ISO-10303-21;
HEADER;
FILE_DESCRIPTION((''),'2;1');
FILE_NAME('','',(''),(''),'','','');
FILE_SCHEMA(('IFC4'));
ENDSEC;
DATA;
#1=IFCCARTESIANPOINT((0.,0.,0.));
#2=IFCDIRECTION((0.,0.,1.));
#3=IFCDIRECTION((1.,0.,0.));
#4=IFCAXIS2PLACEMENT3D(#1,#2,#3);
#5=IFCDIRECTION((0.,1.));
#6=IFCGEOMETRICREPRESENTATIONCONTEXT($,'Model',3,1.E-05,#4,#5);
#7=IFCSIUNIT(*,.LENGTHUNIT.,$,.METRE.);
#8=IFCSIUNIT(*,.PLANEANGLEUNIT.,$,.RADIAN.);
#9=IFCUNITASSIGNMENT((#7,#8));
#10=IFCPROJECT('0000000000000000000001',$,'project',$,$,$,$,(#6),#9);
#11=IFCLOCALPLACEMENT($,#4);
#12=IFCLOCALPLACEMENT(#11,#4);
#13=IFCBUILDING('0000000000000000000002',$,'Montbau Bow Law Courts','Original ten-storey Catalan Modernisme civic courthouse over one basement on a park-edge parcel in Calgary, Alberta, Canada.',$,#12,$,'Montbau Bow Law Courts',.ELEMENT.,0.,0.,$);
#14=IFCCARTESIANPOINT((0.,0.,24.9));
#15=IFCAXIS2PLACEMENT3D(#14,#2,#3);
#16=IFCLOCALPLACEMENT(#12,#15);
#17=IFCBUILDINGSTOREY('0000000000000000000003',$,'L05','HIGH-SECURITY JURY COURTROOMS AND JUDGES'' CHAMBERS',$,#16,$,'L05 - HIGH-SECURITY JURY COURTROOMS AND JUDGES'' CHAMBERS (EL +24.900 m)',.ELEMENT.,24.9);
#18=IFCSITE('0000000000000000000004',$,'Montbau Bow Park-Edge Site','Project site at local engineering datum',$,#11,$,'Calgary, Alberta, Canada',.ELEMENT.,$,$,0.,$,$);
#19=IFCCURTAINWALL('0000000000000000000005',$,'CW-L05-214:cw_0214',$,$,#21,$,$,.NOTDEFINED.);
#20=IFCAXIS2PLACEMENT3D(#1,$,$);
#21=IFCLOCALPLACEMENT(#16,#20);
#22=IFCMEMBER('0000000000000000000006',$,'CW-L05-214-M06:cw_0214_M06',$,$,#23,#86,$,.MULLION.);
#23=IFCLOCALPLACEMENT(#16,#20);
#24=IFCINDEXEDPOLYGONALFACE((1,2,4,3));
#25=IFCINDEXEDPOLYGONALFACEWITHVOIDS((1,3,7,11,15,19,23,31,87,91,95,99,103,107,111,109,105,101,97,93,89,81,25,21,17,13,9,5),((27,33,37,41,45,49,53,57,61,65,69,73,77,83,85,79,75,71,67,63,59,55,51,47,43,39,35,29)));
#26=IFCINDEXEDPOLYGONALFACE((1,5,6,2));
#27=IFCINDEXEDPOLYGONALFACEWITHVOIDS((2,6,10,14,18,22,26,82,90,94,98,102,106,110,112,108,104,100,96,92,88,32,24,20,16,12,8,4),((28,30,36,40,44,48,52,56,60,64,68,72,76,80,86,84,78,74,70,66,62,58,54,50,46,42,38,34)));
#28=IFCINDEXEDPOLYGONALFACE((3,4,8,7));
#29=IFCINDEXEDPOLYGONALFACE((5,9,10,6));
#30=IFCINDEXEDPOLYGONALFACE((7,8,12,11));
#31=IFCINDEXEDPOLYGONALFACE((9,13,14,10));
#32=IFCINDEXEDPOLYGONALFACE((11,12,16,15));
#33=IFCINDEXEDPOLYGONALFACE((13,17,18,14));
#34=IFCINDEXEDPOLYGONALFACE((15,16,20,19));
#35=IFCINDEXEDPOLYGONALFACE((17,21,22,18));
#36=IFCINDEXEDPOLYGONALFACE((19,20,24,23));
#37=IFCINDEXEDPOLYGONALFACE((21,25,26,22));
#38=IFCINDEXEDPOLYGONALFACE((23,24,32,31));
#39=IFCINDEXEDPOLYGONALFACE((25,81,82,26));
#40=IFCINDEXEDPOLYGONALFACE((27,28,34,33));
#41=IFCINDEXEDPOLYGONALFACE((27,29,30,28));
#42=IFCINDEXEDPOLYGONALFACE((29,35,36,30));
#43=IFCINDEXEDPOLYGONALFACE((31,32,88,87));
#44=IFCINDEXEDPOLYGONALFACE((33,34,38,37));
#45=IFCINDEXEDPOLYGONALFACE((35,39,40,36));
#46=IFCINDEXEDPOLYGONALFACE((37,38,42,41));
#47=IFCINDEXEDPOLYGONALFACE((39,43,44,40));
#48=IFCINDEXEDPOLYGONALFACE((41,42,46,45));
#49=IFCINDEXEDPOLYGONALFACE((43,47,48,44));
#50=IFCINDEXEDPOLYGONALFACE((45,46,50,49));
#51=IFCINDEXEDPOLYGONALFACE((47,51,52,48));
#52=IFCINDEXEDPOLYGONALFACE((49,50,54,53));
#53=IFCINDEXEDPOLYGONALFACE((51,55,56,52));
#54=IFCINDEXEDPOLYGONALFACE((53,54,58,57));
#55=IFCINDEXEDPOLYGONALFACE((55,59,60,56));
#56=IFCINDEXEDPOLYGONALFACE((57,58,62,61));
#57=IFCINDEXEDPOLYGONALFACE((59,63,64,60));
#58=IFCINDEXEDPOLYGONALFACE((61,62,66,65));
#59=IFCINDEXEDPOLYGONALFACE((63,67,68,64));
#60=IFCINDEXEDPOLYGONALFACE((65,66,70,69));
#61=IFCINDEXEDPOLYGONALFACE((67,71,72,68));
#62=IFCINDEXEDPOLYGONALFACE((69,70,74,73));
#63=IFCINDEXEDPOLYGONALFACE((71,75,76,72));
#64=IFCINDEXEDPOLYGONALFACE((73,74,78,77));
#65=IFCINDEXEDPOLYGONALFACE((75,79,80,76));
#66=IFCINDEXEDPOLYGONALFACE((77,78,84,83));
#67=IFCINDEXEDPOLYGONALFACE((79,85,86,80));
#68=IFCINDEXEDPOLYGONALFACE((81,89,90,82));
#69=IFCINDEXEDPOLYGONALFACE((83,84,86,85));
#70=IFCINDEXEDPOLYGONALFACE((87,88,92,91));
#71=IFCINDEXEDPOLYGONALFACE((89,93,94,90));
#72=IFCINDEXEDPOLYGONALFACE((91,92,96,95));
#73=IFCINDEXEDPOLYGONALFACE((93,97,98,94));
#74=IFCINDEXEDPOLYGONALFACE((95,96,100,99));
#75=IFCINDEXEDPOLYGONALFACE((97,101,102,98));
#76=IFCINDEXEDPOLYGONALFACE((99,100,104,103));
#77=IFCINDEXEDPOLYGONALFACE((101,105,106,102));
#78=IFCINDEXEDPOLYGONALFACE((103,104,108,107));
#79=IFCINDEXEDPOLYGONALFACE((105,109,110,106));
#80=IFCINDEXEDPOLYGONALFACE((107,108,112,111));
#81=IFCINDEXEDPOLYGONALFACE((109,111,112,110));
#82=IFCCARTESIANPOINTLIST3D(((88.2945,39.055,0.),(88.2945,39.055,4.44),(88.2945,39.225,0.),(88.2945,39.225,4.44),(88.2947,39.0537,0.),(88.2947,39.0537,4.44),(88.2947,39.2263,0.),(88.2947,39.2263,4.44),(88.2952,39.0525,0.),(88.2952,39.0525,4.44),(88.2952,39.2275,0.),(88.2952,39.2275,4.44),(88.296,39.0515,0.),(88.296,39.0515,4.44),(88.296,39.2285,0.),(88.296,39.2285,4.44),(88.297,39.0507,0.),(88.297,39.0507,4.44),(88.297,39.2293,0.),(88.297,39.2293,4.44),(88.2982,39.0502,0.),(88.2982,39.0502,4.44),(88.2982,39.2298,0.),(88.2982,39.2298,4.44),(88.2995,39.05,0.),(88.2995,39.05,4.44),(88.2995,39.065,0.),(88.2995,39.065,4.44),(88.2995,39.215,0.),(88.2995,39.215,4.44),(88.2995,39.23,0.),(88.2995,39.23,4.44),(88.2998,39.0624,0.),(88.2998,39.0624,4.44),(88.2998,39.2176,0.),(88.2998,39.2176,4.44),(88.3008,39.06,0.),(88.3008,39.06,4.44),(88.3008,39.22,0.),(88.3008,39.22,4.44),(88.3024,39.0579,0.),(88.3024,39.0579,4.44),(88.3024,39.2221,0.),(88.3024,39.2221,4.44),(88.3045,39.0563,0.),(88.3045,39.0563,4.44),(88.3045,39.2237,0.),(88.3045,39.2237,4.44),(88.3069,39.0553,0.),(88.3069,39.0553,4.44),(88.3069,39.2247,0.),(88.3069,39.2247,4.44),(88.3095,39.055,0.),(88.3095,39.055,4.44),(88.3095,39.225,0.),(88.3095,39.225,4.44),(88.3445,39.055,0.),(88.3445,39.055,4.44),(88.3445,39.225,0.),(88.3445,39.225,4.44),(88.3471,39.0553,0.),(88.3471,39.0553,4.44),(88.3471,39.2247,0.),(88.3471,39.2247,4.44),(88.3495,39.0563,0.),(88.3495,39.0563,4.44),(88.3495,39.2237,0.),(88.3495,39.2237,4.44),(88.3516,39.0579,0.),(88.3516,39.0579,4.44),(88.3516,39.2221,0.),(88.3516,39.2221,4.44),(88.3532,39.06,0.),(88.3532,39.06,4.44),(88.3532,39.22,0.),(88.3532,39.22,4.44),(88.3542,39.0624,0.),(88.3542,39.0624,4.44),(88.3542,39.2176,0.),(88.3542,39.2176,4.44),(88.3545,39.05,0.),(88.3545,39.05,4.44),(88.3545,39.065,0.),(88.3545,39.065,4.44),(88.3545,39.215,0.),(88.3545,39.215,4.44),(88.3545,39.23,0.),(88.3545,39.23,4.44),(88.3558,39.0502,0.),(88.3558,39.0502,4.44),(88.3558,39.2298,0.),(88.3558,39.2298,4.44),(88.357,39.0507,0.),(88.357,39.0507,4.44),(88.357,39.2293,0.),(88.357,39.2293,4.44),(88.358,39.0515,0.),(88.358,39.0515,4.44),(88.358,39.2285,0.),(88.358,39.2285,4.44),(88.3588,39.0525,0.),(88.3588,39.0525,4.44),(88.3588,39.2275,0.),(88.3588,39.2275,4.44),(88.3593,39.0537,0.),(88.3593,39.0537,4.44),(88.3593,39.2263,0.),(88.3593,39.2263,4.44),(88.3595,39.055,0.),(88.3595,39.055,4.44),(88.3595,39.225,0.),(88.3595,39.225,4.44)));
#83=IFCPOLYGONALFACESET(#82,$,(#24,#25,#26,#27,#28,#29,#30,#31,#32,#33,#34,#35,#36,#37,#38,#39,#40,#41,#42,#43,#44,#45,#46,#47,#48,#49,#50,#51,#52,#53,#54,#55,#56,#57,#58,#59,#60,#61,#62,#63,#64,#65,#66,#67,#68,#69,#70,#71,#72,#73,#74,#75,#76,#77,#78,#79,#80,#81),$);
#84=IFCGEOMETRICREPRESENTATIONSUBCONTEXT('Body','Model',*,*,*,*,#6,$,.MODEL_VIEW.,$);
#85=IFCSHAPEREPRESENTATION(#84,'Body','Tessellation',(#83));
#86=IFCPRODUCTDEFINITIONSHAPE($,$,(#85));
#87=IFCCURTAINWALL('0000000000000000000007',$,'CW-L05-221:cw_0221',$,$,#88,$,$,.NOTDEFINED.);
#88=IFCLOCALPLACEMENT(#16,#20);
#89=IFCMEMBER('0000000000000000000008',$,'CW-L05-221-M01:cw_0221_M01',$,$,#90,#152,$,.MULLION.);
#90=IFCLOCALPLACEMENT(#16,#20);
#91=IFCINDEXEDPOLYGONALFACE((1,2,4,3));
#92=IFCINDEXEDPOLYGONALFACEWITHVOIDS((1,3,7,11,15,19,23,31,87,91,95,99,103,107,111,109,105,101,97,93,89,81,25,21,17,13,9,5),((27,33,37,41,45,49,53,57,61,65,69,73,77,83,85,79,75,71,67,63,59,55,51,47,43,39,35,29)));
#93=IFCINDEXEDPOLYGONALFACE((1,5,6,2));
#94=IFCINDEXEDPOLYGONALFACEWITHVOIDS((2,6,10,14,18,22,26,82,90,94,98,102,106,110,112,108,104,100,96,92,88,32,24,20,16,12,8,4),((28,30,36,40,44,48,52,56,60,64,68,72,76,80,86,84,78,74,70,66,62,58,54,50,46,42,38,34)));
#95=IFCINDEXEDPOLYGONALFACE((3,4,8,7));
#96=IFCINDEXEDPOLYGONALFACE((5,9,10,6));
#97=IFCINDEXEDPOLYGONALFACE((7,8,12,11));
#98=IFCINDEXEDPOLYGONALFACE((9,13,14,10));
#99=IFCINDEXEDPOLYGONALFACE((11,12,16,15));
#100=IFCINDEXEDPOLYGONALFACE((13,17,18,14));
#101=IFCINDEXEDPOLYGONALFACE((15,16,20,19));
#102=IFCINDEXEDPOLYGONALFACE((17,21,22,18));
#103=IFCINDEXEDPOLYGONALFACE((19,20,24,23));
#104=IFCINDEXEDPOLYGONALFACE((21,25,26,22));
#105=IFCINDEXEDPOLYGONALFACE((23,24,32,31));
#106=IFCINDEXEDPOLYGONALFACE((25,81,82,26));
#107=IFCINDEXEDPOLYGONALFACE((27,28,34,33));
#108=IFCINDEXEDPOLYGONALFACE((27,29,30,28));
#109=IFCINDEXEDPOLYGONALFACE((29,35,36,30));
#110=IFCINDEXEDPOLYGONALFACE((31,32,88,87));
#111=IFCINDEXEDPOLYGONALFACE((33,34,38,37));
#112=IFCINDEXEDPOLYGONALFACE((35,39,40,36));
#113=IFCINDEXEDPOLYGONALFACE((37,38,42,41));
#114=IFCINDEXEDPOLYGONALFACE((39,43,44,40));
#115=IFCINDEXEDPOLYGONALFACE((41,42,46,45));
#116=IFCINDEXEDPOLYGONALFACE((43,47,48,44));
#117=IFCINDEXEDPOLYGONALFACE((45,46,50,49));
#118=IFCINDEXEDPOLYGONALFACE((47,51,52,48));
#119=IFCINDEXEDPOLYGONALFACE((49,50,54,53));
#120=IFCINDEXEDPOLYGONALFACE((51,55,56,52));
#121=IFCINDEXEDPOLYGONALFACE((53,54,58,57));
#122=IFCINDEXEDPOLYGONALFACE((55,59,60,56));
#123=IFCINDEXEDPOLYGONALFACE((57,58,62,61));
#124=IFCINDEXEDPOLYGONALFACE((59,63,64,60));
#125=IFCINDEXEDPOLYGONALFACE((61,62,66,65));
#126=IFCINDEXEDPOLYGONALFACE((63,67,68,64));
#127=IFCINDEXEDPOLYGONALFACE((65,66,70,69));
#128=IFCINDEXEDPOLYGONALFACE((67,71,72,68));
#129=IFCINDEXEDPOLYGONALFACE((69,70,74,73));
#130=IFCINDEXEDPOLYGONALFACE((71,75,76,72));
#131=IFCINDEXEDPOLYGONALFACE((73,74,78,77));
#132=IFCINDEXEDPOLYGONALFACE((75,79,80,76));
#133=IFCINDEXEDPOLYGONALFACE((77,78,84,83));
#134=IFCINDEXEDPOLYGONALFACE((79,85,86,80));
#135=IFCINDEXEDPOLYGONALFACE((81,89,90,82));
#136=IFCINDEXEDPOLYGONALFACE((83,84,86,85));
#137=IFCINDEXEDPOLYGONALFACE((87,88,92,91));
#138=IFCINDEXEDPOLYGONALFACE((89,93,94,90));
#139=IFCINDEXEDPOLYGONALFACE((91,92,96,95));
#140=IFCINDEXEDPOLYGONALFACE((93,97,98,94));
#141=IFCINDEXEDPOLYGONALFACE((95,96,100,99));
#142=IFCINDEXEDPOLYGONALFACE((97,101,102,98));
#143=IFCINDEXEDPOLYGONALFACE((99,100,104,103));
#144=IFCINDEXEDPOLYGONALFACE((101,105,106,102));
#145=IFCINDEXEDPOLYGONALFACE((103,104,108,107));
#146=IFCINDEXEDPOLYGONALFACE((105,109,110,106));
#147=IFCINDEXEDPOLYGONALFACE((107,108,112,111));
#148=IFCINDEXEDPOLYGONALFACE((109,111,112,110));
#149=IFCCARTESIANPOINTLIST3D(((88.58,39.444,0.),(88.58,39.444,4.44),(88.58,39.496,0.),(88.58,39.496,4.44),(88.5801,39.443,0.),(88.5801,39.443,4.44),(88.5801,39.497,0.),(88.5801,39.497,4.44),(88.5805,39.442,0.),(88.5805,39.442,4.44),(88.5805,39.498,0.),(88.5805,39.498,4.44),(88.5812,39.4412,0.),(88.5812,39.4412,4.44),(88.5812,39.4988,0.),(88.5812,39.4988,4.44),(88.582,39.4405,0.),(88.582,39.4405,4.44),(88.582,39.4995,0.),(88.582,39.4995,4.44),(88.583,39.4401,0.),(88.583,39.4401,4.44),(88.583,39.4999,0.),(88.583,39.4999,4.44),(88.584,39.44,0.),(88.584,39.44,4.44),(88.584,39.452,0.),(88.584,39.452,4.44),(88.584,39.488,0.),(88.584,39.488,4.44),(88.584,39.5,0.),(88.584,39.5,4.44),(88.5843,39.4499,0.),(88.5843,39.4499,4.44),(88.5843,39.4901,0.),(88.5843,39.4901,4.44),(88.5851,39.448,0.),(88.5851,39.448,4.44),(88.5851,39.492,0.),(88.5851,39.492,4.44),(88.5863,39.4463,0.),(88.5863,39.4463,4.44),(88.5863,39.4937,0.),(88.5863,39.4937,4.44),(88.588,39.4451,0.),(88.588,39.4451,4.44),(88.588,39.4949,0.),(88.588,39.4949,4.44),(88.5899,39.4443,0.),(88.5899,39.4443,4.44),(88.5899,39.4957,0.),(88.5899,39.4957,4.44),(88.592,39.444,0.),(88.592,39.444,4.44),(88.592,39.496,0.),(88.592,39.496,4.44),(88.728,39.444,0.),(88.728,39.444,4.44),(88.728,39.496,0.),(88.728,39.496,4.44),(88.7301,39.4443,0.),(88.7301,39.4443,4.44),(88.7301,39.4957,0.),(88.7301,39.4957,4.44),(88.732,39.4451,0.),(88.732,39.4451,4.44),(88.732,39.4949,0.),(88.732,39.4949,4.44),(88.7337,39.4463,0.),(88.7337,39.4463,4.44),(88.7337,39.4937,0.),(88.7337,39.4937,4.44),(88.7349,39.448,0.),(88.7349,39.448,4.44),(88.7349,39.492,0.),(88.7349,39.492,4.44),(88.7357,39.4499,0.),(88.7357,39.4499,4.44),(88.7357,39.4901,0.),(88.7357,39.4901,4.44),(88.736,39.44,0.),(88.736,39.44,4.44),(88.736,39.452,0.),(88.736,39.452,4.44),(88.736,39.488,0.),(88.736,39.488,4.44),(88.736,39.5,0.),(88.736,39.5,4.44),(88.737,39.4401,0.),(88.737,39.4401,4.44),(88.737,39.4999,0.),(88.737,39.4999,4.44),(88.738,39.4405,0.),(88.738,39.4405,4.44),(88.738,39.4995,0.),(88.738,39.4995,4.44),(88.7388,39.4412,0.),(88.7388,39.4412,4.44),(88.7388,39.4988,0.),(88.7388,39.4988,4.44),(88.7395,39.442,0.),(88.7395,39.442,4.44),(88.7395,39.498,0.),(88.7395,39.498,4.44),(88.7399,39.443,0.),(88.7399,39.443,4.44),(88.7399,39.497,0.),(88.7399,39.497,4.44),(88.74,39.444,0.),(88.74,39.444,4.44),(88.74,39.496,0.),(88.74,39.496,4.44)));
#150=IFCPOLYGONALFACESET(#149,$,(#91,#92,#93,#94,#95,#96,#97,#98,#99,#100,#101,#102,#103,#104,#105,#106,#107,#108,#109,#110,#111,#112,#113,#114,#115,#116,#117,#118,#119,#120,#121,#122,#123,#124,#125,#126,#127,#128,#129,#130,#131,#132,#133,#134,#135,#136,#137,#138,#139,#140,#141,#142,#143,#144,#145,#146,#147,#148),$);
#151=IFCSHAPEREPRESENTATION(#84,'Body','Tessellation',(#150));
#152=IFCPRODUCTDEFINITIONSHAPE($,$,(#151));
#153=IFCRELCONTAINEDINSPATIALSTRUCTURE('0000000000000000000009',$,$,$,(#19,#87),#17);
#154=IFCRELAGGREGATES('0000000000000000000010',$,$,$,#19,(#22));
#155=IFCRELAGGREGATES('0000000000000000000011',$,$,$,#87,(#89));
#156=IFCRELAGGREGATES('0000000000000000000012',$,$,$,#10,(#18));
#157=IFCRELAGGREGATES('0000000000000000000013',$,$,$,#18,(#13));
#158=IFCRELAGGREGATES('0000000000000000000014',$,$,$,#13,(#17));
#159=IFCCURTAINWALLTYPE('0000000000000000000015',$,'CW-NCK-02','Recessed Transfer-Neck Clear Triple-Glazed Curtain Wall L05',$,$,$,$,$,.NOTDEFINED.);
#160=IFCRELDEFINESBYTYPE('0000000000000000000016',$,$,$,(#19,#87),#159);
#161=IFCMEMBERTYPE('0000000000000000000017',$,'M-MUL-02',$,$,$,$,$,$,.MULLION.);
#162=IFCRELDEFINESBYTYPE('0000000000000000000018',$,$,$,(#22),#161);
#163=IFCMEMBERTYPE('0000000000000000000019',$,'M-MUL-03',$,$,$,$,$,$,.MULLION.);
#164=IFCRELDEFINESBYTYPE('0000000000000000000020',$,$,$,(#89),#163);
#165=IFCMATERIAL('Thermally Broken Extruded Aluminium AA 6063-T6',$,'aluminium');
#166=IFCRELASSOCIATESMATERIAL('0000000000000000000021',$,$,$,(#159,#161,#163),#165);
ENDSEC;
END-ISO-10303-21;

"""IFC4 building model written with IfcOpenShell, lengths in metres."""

from ifc_helpers import new_model, si_unit, direction, frame, origin_with_axes, origin_2d_with_axis, place, context, subcontext, project, spatial, hollow_rectangle, extrude, material, material_profile, profile_set, type_object, element, aggregate, save


model = new_model("IFC4")

# Units and contexts
model_context = context("Model", 3, precision=1e-05, world=origin_with_axes(), true_north=direction((0.0, 1.0)))
body_context = subcontext(model_context, "Body", "Model", "MODEL_VIEW")
ifc_project = project(units=[si_unit("LENGTHUNIT", "METRE"), si_unit("PLANEANGLEUNIT", "RADIAN")], contexts=[model_context])

# Site, building, storey
site_placement = place(None, origin_with_axes())
site = spatial("IfcSite", under=ifc_project, at=site_placement, Name="Montbau Bow Park-Edge Site", Description="Project site at local engineering datum", LongName="Calgary, Alberta, Canada", CompositionType="ELEMENT", RefElevation=0.0)
building_placement = place(site_placement, origin_with_axes())
building = spatial("IfcBuilding", under=site, at=building_placement, Name="Montbau Bow Law Courts", Description="Original ten-storey Catalan Modernisme civic courthouse over one basement on a park-edge parcel in Calgary, Alberta, Canada.", LongName="Montbau Bow Law Courts", CompositionType="ELEMENT", ElevationOfRefHeight=0.0, ElevationOfTerrain=0.0)
storey_placement = place(building_placement, frame((0.0, 0.0, 24.9), z_axis=(0.0, 0.0, 1.0), x_axis=(1.0, 0.0, 0.0)))
storey = spatial("IfcBuildingStorey", under=building, at=storey_placement, Name="L05", Description="HIGH-SECURITY JURY COURTROOMS AND JUDGES' CHAMBERS", LongName="L05 - HIGH-SECURITY JURY COURTROOMS AND JUDGES' CHAMBERS (EL +24.900 m)", CompositionType="ELEMENT", Elevation=24.9)

# Curtain wall, member
ifc_material_1 = material(Name="Thermally Broken Extruded Aluminium AA 6063-T6", Category="aluminium")
curtain_wall_type = type_object("IfcCurtainWallType", Name="CW-NCK-02", Description="Recessed Transfer-Neck Clear Triple-Glazed Curtain Wall L05", PredefinedType="NOTDEFINED", material=ifc_material_1)
curtain_wall_1_placement = place(None, frame((80.84, 39.14, 24.9), z_axis=(0.0, 0.0, 1.0), x_axis=(1.0, 0.0, 0.0)))
curtain_wall_1 = element("IfcCurtainWall", 1, at=curtain_wall_1_placement, inside=storey, type_object=curtain_wall_type, Name="CW-L05-214:cw_0214", PredefinedType="NOTDEFINED")
ifc_material_profile_1 = material_profile(ifc_material_1, hollow_rectangle(XDim=0.065, YDim=0.18, WallThickness=0.005, InnerFilletRadius=0.01, OuterFilletRadius=0.005, at=origin_2d_with_axis()), Name="CWM-180X65", Category="Main", Priority=0)
ifc_profile_set_1 = profile_set([ifc_material_profile_1], Name="Thermally Broken Extruded Aluminium AA 6063-T6")
member_type_1 = type_object("IfcMemberType", Name="M-MUL-02", PredefinedType="MULLION", material=ifc_profile_set_1)
member_1_placement = place(None, frame((88.327, 39.14, 24.9), z_axis=(0.0, 0.0, 1.0), x_axis=(1.0, 0.0, 0.0)))
member_1 = element("IfcMember", 2, at=member_1_placement, type_object=member_type_1, Name="CW-L05-214-M06:cw_0214_M06", PredefinedType="MULLION", context=body_context, shape_type="SweptSolid", body=[
    extrude(hollow_rectangle(XDim=0.065, YDim=0.18, WallThickness=0.005, InnerFilletRadius=0.01, OuterFilletRadius=0.005, at=origin_2d_with_axis()), origin_with_axes(), (0.0, 0.0, 1.0), 4.44),
])

# Curtain wall, member
curtain_wall_2_placement = place(None, frame((88.66, 39.44, 24.9), z_axis=(0.0, 0.0, 1.0), x_axis=(1.0, 0.0, 0.0)))
curtain_wall_2 = element("IfcCurtainWall", 3, at=curtain_wall_2_placement, inside=storey, type_object=curtain_wall_type, Name="CW-L05-221:cw_0221", PredefinedType="NOTDEFINED")
ifc_material_profile_2 = material_profile(ifc_material_1, hollow_rectangle(XDim=0.06, YDim=0.16, WallThickness=0.004, InnerFilletRadius=0.008, OuterFilletRadius=0.004, at=origin_2d_with_axis()), Name="CWM-160X60", Category="Main", Priority=0)
ifc_profile_set_2 = profile_set([ifc_material_profile_2], Name="Thermally Broken Extruded Aluminium AA 6063-T6")
member_type_2 = type_object("IfcMemberType", Name="M-MUL-03", PredefinedType="MULLION", material=ifc_profile_set_2)
member_2_placement = place(None, frame((88.66, 39.47, 24.9), z_axis=(0.0, 0.0, 1.0), x_axis=(0.0, 1.0, 0.0)))
member_2 = element("IfcMember", 4, at=member_2_placement, type_object=member_type_2, Name="CW-L05-221-M01:cw_0221_M01", PredefinedType="MULLION", context=body_context, shape_type="SweptSolid", body=[
    extrude(hollow_rectangle(XDim=0.06, YDim=0.16, WallThickness=0.004, InnerFilletRadius=0.008, OuterFilletRadius=0.004, at=origin_2d_with_axis()), origin_with_axes(), (0.0, 0.0, 1.0), 4.44),
])

aggregate(curtain_wall_1, [member_1])
aggregate(curtain_wall_2, [member_2])

save(model, "model.ifc")
